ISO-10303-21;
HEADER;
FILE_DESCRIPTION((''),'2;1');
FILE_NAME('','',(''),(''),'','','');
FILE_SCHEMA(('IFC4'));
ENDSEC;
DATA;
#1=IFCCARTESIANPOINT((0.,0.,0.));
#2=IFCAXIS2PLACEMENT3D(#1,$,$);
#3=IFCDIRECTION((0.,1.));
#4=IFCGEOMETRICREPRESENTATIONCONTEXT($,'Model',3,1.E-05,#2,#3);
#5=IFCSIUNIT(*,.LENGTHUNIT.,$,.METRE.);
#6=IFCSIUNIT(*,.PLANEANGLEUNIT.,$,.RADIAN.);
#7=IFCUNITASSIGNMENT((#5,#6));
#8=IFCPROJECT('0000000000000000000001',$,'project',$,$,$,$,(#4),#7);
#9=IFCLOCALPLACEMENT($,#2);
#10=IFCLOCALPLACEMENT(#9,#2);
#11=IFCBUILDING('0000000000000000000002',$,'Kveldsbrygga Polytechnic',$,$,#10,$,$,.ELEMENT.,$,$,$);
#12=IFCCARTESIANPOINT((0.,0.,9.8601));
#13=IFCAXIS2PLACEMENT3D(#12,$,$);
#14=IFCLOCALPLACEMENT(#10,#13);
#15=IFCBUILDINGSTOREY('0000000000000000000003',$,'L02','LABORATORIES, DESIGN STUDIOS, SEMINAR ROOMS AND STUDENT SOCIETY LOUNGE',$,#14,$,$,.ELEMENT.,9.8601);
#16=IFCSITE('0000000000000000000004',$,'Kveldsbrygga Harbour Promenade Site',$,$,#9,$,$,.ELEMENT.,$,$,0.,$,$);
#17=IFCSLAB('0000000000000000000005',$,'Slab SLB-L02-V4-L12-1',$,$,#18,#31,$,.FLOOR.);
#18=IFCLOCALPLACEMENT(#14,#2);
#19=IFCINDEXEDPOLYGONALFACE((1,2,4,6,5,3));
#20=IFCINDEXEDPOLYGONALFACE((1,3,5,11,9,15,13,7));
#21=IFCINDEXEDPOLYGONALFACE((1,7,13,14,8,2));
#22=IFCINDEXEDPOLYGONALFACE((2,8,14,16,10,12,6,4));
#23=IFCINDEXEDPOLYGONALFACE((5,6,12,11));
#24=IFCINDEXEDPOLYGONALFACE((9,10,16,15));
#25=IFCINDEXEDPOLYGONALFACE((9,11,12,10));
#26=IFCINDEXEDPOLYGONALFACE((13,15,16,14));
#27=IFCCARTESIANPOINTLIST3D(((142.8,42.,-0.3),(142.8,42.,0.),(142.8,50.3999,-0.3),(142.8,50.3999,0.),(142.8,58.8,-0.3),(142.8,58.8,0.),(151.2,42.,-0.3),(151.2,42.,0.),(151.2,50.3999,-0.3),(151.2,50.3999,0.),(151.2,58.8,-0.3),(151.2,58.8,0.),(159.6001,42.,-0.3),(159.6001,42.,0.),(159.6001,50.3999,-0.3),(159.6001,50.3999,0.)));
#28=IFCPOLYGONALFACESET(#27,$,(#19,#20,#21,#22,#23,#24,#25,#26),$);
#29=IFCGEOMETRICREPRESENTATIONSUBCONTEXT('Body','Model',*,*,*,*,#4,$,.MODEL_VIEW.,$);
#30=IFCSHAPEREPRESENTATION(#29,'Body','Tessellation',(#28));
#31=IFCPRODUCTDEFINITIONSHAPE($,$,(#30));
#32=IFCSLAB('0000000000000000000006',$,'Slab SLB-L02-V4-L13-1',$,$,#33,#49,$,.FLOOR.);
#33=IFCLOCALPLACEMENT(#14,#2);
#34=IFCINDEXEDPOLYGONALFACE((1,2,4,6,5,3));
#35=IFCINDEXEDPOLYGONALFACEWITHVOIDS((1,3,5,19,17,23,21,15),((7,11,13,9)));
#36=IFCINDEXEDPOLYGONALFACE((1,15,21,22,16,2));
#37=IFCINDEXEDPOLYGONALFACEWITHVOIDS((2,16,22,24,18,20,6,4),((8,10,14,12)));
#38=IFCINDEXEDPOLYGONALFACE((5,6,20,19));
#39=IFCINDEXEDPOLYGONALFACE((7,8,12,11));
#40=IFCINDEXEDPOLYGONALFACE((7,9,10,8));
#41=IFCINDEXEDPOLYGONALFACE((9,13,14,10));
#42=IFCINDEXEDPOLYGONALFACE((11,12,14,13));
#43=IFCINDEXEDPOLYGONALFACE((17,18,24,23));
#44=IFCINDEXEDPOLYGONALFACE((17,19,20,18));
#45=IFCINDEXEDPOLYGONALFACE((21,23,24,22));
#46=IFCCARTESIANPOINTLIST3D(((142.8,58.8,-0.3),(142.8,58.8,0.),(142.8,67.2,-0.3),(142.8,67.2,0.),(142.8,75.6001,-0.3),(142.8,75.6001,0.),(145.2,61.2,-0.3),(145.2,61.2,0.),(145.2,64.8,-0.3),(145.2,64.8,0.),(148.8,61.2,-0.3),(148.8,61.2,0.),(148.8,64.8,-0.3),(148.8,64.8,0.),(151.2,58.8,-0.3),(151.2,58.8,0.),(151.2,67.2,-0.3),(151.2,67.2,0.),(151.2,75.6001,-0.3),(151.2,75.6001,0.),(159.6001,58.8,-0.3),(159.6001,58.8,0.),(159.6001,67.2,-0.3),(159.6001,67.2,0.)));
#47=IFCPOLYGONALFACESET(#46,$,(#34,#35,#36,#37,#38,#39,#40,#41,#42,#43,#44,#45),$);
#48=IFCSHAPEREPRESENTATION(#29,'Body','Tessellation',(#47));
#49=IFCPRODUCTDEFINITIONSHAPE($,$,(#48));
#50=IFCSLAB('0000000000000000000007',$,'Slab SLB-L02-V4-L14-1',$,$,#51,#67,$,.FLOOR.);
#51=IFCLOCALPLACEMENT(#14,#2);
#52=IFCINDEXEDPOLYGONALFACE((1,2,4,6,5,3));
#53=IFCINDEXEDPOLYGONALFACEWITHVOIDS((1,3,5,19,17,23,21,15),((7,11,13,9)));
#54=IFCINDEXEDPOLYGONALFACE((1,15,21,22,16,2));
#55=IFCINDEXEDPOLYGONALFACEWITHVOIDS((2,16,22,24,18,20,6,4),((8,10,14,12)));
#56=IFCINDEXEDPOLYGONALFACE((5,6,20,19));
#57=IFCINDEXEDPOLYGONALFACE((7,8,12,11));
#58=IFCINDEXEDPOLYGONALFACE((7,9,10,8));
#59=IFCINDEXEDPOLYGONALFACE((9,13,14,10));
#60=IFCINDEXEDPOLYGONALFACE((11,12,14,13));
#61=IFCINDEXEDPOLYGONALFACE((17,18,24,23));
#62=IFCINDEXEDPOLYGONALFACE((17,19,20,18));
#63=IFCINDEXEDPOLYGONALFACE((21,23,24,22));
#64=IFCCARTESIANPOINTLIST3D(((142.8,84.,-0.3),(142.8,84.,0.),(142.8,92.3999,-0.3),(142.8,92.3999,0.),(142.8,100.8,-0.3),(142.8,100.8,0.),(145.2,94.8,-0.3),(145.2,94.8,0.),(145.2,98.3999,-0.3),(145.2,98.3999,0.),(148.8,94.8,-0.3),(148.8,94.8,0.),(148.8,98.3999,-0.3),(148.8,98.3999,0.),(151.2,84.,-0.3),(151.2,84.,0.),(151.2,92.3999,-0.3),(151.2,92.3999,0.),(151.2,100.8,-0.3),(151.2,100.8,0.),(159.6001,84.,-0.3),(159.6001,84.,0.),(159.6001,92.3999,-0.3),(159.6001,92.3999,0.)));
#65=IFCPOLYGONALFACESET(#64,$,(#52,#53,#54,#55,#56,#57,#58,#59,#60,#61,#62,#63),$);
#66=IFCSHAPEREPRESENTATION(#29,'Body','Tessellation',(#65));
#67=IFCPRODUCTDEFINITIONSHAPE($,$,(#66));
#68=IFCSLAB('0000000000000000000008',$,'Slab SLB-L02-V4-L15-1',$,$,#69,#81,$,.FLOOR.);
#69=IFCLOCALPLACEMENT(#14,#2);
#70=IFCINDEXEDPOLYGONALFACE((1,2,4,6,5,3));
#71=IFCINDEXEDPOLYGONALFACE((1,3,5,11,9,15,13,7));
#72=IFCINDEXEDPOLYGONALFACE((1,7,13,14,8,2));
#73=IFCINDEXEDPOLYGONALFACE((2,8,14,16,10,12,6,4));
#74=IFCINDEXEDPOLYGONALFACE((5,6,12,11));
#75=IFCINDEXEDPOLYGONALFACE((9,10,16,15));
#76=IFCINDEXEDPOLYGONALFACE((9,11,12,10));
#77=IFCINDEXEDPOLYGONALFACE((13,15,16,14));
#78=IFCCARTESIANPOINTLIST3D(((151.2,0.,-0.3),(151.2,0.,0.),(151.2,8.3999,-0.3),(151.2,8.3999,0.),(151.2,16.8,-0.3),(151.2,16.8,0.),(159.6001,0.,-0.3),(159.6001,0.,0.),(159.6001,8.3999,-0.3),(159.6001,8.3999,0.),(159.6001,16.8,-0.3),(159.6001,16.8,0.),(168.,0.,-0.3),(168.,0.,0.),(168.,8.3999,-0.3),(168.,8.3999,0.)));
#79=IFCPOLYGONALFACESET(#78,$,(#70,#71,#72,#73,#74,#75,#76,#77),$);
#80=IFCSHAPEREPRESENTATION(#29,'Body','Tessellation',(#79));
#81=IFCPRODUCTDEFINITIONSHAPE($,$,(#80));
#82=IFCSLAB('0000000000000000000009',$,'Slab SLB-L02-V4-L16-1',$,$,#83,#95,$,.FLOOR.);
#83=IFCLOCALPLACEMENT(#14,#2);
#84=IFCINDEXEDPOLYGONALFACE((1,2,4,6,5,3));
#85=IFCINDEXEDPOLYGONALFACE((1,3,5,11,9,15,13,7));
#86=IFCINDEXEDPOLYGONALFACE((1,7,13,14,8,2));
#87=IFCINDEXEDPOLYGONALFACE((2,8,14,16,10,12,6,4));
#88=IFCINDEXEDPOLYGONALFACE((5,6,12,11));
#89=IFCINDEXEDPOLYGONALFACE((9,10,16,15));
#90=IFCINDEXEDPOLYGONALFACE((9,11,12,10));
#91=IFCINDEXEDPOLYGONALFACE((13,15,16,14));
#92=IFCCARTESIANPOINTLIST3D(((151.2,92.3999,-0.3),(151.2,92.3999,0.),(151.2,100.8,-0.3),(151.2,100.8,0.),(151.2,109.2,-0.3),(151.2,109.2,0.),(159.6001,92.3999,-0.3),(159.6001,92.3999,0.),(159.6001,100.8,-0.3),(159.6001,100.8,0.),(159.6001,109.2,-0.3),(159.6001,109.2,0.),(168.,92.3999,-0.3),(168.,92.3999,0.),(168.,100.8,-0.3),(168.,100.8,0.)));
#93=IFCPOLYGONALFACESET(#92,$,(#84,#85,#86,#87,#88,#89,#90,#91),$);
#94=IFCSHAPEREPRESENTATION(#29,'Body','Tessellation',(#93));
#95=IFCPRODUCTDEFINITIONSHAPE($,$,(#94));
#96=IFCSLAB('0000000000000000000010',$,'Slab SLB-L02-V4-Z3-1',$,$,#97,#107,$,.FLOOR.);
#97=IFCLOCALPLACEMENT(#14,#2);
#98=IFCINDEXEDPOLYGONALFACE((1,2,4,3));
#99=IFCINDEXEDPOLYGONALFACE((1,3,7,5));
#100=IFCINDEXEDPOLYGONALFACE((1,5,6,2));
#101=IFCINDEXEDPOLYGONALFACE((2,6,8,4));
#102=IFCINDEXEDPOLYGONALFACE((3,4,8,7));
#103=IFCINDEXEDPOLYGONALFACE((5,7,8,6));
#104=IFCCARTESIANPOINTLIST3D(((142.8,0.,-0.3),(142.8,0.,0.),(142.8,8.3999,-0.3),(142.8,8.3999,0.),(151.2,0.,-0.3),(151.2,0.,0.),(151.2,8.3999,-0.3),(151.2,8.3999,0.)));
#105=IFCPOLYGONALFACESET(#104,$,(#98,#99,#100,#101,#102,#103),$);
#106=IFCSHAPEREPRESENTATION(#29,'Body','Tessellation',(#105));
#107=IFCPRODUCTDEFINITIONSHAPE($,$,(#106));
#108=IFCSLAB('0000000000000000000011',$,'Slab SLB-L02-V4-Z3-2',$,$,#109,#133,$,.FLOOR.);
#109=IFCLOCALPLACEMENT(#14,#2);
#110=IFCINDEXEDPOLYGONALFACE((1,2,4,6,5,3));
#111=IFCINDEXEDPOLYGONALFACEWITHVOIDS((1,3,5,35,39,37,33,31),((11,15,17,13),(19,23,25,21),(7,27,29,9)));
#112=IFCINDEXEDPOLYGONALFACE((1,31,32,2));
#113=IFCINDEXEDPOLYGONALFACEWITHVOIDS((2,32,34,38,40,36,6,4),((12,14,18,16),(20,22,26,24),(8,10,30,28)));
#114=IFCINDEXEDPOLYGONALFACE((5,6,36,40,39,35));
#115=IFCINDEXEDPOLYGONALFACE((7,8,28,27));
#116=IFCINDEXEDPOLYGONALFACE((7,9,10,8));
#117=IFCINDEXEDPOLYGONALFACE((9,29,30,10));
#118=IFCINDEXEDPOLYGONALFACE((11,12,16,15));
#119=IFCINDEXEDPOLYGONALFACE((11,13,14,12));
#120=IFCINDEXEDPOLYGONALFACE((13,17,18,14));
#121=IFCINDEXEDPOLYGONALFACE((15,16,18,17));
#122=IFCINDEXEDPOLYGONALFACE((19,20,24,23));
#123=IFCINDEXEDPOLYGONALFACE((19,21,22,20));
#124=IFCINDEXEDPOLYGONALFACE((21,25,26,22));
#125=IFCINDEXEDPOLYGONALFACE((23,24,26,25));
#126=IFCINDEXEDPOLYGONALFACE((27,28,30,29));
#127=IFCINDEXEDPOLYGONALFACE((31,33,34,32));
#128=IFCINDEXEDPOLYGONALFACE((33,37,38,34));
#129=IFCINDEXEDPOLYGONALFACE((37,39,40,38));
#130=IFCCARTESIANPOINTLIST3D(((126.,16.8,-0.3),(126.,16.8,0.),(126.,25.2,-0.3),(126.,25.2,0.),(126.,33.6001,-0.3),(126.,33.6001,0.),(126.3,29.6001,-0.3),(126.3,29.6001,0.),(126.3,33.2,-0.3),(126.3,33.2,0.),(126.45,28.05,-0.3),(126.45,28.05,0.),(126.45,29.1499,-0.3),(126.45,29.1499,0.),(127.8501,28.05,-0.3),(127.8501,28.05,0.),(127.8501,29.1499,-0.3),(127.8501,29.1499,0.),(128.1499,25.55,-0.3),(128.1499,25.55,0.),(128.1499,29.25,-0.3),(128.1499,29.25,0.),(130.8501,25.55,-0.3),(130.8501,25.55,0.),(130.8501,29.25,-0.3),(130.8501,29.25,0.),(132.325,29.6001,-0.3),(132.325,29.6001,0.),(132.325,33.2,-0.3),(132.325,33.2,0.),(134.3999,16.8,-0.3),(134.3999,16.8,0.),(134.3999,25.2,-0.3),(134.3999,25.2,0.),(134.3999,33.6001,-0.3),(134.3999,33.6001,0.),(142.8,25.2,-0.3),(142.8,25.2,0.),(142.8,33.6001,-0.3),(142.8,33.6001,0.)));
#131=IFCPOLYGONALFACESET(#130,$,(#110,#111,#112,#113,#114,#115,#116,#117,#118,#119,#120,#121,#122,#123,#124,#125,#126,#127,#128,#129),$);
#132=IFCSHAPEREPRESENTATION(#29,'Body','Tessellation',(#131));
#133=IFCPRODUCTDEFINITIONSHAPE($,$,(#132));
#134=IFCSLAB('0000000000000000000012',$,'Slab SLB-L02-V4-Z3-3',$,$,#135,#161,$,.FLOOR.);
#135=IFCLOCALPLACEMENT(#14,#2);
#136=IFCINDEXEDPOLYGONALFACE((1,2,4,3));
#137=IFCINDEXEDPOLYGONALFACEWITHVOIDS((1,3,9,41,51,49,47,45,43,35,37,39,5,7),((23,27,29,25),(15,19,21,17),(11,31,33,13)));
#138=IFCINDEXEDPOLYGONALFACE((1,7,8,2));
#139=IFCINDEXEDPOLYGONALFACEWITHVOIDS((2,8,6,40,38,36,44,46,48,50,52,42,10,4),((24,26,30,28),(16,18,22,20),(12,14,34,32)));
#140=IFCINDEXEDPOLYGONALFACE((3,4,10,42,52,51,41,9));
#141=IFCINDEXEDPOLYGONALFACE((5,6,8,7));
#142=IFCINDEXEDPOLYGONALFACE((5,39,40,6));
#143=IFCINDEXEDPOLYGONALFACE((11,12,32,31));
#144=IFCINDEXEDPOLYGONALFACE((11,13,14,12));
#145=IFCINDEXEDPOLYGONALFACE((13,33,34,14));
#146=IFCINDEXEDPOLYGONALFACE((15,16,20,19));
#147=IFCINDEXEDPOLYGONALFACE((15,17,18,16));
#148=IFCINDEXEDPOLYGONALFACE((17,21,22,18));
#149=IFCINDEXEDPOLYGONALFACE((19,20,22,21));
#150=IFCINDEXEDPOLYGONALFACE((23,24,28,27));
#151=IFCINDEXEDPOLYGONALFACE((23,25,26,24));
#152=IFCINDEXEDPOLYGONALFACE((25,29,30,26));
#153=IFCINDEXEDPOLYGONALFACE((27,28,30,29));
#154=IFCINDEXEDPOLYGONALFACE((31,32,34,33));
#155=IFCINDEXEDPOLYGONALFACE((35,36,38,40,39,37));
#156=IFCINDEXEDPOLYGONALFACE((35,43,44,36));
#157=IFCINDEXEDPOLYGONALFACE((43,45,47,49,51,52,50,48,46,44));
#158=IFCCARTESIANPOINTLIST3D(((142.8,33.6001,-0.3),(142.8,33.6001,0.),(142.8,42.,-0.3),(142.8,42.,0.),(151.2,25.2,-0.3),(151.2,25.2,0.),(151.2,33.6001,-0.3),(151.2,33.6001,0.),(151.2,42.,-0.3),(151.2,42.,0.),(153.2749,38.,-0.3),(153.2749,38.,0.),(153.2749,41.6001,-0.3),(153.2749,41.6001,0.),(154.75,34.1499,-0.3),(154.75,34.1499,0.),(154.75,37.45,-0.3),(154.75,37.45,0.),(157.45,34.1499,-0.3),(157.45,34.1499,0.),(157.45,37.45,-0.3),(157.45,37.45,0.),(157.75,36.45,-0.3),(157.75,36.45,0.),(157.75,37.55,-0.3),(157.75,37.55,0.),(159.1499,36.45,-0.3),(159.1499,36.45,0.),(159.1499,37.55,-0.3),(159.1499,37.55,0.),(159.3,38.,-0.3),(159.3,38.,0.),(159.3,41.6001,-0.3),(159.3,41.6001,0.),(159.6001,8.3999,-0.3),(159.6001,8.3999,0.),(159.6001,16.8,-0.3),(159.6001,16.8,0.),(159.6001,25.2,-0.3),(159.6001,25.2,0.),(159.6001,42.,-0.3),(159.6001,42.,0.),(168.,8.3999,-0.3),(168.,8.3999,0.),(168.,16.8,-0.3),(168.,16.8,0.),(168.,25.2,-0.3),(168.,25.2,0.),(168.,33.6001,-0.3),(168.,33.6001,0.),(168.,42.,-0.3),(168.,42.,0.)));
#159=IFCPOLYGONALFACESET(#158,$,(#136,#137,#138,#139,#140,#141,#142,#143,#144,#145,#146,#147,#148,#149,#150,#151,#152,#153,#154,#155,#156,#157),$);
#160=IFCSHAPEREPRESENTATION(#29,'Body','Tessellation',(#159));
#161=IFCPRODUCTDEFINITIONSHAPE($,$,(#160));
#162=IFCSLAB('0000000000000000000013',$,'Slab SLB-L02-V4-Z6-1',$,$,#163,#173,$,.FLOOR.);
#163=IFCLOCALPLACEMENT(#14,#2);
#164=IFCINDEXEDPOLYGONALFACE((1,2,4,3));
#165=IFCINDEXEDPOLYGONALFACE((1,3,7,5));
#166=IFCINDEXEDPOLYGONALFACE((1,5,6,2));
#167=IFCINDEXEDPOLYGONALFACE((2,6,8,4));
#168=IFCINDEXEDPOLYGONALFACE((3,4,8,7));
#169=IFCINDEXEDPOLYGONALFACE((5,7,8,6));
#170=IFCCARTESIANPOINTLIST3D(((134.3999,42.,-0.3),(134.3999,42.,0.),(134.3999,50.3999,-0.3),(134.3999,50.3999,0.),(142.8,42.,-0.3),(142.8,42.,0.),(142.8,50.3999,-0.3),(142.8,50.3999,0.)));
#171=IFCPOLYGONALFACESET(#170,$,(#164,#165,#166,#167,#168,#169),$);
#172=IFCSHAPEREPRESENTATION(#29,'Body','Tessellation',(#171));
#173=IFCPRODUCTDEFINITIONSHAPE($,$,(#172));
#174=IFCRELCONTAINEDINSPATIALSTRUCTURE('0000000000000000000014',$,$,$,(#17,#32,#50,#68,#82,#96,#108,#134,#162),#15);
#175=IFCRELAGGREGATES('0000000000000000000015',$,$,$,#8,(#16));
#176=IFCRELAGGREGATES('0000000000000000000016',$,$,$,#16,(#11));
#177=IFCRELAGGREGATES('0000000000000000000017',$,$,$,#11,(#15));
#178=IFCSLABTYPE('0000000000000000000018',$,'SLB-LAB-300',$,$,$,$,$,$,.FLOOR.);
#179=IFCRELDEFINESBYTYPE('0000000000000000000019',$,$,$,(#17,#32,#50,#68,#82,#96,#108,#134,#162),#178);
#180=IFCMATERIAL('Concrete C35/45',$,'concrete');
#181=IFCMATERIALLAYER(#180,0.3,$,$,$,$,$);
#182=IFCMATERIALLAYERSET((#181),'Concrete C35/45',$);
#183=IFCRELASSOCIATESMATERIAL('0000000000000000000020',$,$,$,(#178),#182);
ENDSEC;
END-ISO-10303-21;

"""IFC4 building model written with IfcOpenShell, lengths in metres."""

from ifc_helpers import new_model, si_unit, direction, frame, origin, place, context, subcontext, project, spatial, polyline, outline, extrude, material, layer, layer_set, type_object, element, save


model = new_model("IFC4")

# Units and contexts
model_context = context("Model", 3, precision=1e-05, world=origin(), true_north=direction((0.0, 1.0)))
body_context = subcontext(model_context, "Body", "Model", "MODEL_VIEW")
ifc_project = project(units=[si_unit("LENGTHUNIT", "METRE"), si_unit("PLANEANGLEUNIT", "RADIAN")], contexts=[model_context])

# Site, building, storey
site_placement = place(None, origin())
site = spatial("IfcSite", under=ifc_project, at=site_placement, Name="Kveldsbrygga Harbour Promenade Site", CompositionType="ELEMENT", RefElevation=0.0)
building_placement = place(site_placement, origin())
building = spatial("IfcBuilding", under=site, at=building_placement, Name="Kveldsbrygga Polytechnic", CompositionType="ELEMENT")
storey_placement = place(building_placement, frame((0.0, 0.0, 9.8601)))
storey = spatial("IfcBuildingStorey", under=building, at=storey_placement, Name="L02", Description="LABORATORIES, DESIGN STUDIOS, SEMINAR ROOMS AND STUDENT SOCIETY LOUNGE", CompositionType="ELEMENT", Elevation=9.8601)

# Slabs
ifc_material = material(Name="Concrete C35/45", Category="concrete")
ifc_layer = layer(ifc_material, 0.3)
ifc_layer_set = layer_set([ifc_layer], Name="Concrete C35/45")
slab_type = type_object("IfcSlabType", Name="SLB-LAB-300", PredefinedType="FLOOR", material=ifc_layer_set)
slab_1_placement = place(storey_placement, frame((0.0, 0.0, -0.3)))
element("IfcSlab", 1, at=slab_1_placement, inside=storey, type_object=slab_type, Name="Slab SLB-L02-V4-L12-1", PredefinedType="FLOOR", context=body_context, shape_type="SweptSolid", body=[
    extrude(outline(polyline([(142.8, 42.0), (142.8, 50.3999), (142.8, 58.8), (151.2, 58.8), (151.2, 50.3999), (159.6001, 50.3999), (159.6001, 42.0), (151.2, 42.0), (142.8, 42.0)])), origin(), (0.0, 0.0, 1.0), 0.3),
])
slab_2_placement = place(storey_placement, frame((0.0, 0.0, -0.3)))
element("IfcSlab", 2, at=slab_2_placement, inside=storey, type_object=slab_type, Name="Slab SLB-L02-V4-L13-1", PredefinedType="FLOOR", context=body_context, shape_type="SweptSolid", body=[
    extrude(outline(polyline([(142.8, 58.8), (142.8, 67.2), (142.8, 75.6001), (151.2, 75.6001), (151.2, 67.2), (159.6001, 67.2), (159.6001, 58.8), (151.2, 58.8), (142.8, 58.8)]), holes=[polyline([(145.2, 61.2), (148.8, 61.2), (148.8, 64.8), (145.2, 64.8), (145.2, 61.2)])]), origin(), (0.0, 0.0, 1.0), 0.3),
])
slab_3_placement = place(storey_placement, frame((0.0, 0.0, -0.3)))
element("IfcSlab", 3, at=slab_3_placement, inside=storey, type_object=slab_type, Name="Slab SLB-L02-V4-L14-1", PredefinedType="FLOOR", context=body_context, shape_type="SweptSolid", body=[
    extrude(outline(polyline([(142.8, 84.0), (142.8, 92.3999), (142.8, 100.8), (151.2, 100.8), (151.2, 92.3999), (159.6001, 92.3999), (159.6001, 84.0), (151.2, 84.0), (142.8, 84.0)]), holes=[polyline([(145.2, 94.8), (148.8, 94.8), (148.8, 98.3999), (145.2, 98.3999), (145.2, 94.8)])]), origin(), (0.0, 0.0, 1.0), 0.3),
])
slab_4_placement = place(storey_placement, frame((0.0, 0.0, -0.3)))
element("IfcSlab", 4, at=slab_4_placement, inside=storey, type_object=slab_type, Name="Slab SLB-L02-V4-L15-1", PredefinedType="FLOOR", context=body_context, shape_type="SweptSolid", body=[
    extrude(outline(polyline([(151.2, 0.0), (151.2, 8.3999), (151.2, 16.8), (159.6001, 16.8), (159.6001, 8.3999), (168.0, 8.3999), (168.0, 0.0), (159.6001, 0.0), (151.2, 0.0)])), origin(), (0.0, 0.0, 1.0), 0.3),
])
slab_5_placement = place(storey_placement, frame((0.0, 0.0, -0.3)))
element("IfcSlab", 5, at=slab_5_placement, inside=storey, type_object=slab_type, Name="Slab SLB-L02-V4-L16-1", PredefinedType="FLOOR", context=body_context, shape_type="SweptSolid", body=[
    extrude(outline(polyline([(151.2, 92.3999), (151.2, 100.8), (151.2, 109.2), (159.6001, 109.2), (159.6001, 100.8), (168.0, 100.8), (168.0, 92.3999), (159.6001, 92.3999), (151.2, 92.3999)])), origin(), (0.0, 0.0, 1.0), 0.3),
])
slab_6_placement = place(storey_placement, frame((0.0, 0.0, -0.3)))
element("IfcSlab", 6, at=slab_6_placement, inside=storey, type_object=slab_type, Name="Slab SLB-L02-V4-Z3-1", PredefinedType="FLOOR", context=body_context, shape_type="SweptSolid", body=[
    extrude(outline(polyline([(151.2, 8.3999), (151.2, 0.0), (142.8, 0.0), (142.8, 8.3999), (151.2, 8.3999)])), origin(), (0.0, 0.0, 1.0), 0.3),
])
slab_7_placement = place(storey_placement, frame((0.0, 0.0, -0.3)))
element("IfcSlab", 7, at=slab_7_placement, inside=storey, type_object=slab_type, Name="Slab SLB-L02-V4-Z3-2", PredefinedType="FLOOR", context=body_context, shape_type="SweptSolid", body=[
    extrude(outline(polyline([(126.0, 33.6001), (134.3999, 33.6001), (142.8, 33.6001), (142.8, 25.2), (134.3999, 25.2), (134.3999, 16.8), (126.0, 16.8), (126.0, 25.2), (126.0, 33.6001)]), holes=[polyline([(132.325, 33.2), (126.3, 33.2), (126.3, 29.6001), (132.325, 29.6001), (132.325, 33.2)]), polyline([(128.1499, 25.55), (130.8501, 25.55), (130.8501, 29.25), (128.1499, 29.25), (128.1499, 25.55)]), polyline([(126.45, 28.05), (127.8501, 28.05), (127.8501, 29.1499), (126.45, 29.1499), (126.45, 28.05)])]), origin(), (0.0, 0.0, 1.0), 0.3),
])
slab_8_placement = place(storey_placement, frame((0.0, 0.0, -0.3)))
element("IfcSlab", 8, at=slab_8_placement, inside=storey, type_object=slab_type, Name="Slab SLB-L02-V4-Z3-3", PredefinedType="FLOOR", context=body_context, shape_type="SweptSolid", body=[
    extrude(outline(polyline([(151.2, 25.2), (151.2, 33.6001), (142.8, 33.6001), (142.8, 42.0), (151.2, 42.0), (159.6001, 42.0), (168.0, 42.0), (168.0, 33.6001), (168.0, 25.2), (168.0, 16.8), (168.0, 8.3999), (159.6001, 8.3999), (159.6001, 16.8), (159.6001, 25.2), (151.2, 25.2)]), holes=[polyline([(153.2749, 38.0), (159.3, 38.0), (159.3, 41.6001), (153.2749, 41.6001), (153.2749, 38.0)]), polyline([(154.75, 34.1499), (157.45, 34.1499), (157.45, 37.45), (154.75, 37.45), (154.75, 34.1499)]), polyline([(157.75, 36.45), (159.1499, 36.45), (159.1499, 37.55), (157.75, 37.55), (157.75, 36.45)])]), origin(), (0.0, 0.0, 1.0), 0.3),
])
slab_9_placement = place(storey_placement, frame((0.0, 0.0, -0.3)))
element("IfcSlab", 9, at=slab_9_placement, inside=storey, type_object=slab_type, Name="Slab SLB-L02-V4-Z6-1", PredefinedType="FLOOR", context=body_context, shape_type="SweptSolid", body=[
    extrude(outline(polyline([(142.8, 50.3999), (142.8, 42.0), (134.3999, 42.0), (134.3999, 50.3999), (142.8, 50.3999)])), origin(), (0.0, 0.0, 1.0), 0.3),
])

save(model, "model.ifc")
